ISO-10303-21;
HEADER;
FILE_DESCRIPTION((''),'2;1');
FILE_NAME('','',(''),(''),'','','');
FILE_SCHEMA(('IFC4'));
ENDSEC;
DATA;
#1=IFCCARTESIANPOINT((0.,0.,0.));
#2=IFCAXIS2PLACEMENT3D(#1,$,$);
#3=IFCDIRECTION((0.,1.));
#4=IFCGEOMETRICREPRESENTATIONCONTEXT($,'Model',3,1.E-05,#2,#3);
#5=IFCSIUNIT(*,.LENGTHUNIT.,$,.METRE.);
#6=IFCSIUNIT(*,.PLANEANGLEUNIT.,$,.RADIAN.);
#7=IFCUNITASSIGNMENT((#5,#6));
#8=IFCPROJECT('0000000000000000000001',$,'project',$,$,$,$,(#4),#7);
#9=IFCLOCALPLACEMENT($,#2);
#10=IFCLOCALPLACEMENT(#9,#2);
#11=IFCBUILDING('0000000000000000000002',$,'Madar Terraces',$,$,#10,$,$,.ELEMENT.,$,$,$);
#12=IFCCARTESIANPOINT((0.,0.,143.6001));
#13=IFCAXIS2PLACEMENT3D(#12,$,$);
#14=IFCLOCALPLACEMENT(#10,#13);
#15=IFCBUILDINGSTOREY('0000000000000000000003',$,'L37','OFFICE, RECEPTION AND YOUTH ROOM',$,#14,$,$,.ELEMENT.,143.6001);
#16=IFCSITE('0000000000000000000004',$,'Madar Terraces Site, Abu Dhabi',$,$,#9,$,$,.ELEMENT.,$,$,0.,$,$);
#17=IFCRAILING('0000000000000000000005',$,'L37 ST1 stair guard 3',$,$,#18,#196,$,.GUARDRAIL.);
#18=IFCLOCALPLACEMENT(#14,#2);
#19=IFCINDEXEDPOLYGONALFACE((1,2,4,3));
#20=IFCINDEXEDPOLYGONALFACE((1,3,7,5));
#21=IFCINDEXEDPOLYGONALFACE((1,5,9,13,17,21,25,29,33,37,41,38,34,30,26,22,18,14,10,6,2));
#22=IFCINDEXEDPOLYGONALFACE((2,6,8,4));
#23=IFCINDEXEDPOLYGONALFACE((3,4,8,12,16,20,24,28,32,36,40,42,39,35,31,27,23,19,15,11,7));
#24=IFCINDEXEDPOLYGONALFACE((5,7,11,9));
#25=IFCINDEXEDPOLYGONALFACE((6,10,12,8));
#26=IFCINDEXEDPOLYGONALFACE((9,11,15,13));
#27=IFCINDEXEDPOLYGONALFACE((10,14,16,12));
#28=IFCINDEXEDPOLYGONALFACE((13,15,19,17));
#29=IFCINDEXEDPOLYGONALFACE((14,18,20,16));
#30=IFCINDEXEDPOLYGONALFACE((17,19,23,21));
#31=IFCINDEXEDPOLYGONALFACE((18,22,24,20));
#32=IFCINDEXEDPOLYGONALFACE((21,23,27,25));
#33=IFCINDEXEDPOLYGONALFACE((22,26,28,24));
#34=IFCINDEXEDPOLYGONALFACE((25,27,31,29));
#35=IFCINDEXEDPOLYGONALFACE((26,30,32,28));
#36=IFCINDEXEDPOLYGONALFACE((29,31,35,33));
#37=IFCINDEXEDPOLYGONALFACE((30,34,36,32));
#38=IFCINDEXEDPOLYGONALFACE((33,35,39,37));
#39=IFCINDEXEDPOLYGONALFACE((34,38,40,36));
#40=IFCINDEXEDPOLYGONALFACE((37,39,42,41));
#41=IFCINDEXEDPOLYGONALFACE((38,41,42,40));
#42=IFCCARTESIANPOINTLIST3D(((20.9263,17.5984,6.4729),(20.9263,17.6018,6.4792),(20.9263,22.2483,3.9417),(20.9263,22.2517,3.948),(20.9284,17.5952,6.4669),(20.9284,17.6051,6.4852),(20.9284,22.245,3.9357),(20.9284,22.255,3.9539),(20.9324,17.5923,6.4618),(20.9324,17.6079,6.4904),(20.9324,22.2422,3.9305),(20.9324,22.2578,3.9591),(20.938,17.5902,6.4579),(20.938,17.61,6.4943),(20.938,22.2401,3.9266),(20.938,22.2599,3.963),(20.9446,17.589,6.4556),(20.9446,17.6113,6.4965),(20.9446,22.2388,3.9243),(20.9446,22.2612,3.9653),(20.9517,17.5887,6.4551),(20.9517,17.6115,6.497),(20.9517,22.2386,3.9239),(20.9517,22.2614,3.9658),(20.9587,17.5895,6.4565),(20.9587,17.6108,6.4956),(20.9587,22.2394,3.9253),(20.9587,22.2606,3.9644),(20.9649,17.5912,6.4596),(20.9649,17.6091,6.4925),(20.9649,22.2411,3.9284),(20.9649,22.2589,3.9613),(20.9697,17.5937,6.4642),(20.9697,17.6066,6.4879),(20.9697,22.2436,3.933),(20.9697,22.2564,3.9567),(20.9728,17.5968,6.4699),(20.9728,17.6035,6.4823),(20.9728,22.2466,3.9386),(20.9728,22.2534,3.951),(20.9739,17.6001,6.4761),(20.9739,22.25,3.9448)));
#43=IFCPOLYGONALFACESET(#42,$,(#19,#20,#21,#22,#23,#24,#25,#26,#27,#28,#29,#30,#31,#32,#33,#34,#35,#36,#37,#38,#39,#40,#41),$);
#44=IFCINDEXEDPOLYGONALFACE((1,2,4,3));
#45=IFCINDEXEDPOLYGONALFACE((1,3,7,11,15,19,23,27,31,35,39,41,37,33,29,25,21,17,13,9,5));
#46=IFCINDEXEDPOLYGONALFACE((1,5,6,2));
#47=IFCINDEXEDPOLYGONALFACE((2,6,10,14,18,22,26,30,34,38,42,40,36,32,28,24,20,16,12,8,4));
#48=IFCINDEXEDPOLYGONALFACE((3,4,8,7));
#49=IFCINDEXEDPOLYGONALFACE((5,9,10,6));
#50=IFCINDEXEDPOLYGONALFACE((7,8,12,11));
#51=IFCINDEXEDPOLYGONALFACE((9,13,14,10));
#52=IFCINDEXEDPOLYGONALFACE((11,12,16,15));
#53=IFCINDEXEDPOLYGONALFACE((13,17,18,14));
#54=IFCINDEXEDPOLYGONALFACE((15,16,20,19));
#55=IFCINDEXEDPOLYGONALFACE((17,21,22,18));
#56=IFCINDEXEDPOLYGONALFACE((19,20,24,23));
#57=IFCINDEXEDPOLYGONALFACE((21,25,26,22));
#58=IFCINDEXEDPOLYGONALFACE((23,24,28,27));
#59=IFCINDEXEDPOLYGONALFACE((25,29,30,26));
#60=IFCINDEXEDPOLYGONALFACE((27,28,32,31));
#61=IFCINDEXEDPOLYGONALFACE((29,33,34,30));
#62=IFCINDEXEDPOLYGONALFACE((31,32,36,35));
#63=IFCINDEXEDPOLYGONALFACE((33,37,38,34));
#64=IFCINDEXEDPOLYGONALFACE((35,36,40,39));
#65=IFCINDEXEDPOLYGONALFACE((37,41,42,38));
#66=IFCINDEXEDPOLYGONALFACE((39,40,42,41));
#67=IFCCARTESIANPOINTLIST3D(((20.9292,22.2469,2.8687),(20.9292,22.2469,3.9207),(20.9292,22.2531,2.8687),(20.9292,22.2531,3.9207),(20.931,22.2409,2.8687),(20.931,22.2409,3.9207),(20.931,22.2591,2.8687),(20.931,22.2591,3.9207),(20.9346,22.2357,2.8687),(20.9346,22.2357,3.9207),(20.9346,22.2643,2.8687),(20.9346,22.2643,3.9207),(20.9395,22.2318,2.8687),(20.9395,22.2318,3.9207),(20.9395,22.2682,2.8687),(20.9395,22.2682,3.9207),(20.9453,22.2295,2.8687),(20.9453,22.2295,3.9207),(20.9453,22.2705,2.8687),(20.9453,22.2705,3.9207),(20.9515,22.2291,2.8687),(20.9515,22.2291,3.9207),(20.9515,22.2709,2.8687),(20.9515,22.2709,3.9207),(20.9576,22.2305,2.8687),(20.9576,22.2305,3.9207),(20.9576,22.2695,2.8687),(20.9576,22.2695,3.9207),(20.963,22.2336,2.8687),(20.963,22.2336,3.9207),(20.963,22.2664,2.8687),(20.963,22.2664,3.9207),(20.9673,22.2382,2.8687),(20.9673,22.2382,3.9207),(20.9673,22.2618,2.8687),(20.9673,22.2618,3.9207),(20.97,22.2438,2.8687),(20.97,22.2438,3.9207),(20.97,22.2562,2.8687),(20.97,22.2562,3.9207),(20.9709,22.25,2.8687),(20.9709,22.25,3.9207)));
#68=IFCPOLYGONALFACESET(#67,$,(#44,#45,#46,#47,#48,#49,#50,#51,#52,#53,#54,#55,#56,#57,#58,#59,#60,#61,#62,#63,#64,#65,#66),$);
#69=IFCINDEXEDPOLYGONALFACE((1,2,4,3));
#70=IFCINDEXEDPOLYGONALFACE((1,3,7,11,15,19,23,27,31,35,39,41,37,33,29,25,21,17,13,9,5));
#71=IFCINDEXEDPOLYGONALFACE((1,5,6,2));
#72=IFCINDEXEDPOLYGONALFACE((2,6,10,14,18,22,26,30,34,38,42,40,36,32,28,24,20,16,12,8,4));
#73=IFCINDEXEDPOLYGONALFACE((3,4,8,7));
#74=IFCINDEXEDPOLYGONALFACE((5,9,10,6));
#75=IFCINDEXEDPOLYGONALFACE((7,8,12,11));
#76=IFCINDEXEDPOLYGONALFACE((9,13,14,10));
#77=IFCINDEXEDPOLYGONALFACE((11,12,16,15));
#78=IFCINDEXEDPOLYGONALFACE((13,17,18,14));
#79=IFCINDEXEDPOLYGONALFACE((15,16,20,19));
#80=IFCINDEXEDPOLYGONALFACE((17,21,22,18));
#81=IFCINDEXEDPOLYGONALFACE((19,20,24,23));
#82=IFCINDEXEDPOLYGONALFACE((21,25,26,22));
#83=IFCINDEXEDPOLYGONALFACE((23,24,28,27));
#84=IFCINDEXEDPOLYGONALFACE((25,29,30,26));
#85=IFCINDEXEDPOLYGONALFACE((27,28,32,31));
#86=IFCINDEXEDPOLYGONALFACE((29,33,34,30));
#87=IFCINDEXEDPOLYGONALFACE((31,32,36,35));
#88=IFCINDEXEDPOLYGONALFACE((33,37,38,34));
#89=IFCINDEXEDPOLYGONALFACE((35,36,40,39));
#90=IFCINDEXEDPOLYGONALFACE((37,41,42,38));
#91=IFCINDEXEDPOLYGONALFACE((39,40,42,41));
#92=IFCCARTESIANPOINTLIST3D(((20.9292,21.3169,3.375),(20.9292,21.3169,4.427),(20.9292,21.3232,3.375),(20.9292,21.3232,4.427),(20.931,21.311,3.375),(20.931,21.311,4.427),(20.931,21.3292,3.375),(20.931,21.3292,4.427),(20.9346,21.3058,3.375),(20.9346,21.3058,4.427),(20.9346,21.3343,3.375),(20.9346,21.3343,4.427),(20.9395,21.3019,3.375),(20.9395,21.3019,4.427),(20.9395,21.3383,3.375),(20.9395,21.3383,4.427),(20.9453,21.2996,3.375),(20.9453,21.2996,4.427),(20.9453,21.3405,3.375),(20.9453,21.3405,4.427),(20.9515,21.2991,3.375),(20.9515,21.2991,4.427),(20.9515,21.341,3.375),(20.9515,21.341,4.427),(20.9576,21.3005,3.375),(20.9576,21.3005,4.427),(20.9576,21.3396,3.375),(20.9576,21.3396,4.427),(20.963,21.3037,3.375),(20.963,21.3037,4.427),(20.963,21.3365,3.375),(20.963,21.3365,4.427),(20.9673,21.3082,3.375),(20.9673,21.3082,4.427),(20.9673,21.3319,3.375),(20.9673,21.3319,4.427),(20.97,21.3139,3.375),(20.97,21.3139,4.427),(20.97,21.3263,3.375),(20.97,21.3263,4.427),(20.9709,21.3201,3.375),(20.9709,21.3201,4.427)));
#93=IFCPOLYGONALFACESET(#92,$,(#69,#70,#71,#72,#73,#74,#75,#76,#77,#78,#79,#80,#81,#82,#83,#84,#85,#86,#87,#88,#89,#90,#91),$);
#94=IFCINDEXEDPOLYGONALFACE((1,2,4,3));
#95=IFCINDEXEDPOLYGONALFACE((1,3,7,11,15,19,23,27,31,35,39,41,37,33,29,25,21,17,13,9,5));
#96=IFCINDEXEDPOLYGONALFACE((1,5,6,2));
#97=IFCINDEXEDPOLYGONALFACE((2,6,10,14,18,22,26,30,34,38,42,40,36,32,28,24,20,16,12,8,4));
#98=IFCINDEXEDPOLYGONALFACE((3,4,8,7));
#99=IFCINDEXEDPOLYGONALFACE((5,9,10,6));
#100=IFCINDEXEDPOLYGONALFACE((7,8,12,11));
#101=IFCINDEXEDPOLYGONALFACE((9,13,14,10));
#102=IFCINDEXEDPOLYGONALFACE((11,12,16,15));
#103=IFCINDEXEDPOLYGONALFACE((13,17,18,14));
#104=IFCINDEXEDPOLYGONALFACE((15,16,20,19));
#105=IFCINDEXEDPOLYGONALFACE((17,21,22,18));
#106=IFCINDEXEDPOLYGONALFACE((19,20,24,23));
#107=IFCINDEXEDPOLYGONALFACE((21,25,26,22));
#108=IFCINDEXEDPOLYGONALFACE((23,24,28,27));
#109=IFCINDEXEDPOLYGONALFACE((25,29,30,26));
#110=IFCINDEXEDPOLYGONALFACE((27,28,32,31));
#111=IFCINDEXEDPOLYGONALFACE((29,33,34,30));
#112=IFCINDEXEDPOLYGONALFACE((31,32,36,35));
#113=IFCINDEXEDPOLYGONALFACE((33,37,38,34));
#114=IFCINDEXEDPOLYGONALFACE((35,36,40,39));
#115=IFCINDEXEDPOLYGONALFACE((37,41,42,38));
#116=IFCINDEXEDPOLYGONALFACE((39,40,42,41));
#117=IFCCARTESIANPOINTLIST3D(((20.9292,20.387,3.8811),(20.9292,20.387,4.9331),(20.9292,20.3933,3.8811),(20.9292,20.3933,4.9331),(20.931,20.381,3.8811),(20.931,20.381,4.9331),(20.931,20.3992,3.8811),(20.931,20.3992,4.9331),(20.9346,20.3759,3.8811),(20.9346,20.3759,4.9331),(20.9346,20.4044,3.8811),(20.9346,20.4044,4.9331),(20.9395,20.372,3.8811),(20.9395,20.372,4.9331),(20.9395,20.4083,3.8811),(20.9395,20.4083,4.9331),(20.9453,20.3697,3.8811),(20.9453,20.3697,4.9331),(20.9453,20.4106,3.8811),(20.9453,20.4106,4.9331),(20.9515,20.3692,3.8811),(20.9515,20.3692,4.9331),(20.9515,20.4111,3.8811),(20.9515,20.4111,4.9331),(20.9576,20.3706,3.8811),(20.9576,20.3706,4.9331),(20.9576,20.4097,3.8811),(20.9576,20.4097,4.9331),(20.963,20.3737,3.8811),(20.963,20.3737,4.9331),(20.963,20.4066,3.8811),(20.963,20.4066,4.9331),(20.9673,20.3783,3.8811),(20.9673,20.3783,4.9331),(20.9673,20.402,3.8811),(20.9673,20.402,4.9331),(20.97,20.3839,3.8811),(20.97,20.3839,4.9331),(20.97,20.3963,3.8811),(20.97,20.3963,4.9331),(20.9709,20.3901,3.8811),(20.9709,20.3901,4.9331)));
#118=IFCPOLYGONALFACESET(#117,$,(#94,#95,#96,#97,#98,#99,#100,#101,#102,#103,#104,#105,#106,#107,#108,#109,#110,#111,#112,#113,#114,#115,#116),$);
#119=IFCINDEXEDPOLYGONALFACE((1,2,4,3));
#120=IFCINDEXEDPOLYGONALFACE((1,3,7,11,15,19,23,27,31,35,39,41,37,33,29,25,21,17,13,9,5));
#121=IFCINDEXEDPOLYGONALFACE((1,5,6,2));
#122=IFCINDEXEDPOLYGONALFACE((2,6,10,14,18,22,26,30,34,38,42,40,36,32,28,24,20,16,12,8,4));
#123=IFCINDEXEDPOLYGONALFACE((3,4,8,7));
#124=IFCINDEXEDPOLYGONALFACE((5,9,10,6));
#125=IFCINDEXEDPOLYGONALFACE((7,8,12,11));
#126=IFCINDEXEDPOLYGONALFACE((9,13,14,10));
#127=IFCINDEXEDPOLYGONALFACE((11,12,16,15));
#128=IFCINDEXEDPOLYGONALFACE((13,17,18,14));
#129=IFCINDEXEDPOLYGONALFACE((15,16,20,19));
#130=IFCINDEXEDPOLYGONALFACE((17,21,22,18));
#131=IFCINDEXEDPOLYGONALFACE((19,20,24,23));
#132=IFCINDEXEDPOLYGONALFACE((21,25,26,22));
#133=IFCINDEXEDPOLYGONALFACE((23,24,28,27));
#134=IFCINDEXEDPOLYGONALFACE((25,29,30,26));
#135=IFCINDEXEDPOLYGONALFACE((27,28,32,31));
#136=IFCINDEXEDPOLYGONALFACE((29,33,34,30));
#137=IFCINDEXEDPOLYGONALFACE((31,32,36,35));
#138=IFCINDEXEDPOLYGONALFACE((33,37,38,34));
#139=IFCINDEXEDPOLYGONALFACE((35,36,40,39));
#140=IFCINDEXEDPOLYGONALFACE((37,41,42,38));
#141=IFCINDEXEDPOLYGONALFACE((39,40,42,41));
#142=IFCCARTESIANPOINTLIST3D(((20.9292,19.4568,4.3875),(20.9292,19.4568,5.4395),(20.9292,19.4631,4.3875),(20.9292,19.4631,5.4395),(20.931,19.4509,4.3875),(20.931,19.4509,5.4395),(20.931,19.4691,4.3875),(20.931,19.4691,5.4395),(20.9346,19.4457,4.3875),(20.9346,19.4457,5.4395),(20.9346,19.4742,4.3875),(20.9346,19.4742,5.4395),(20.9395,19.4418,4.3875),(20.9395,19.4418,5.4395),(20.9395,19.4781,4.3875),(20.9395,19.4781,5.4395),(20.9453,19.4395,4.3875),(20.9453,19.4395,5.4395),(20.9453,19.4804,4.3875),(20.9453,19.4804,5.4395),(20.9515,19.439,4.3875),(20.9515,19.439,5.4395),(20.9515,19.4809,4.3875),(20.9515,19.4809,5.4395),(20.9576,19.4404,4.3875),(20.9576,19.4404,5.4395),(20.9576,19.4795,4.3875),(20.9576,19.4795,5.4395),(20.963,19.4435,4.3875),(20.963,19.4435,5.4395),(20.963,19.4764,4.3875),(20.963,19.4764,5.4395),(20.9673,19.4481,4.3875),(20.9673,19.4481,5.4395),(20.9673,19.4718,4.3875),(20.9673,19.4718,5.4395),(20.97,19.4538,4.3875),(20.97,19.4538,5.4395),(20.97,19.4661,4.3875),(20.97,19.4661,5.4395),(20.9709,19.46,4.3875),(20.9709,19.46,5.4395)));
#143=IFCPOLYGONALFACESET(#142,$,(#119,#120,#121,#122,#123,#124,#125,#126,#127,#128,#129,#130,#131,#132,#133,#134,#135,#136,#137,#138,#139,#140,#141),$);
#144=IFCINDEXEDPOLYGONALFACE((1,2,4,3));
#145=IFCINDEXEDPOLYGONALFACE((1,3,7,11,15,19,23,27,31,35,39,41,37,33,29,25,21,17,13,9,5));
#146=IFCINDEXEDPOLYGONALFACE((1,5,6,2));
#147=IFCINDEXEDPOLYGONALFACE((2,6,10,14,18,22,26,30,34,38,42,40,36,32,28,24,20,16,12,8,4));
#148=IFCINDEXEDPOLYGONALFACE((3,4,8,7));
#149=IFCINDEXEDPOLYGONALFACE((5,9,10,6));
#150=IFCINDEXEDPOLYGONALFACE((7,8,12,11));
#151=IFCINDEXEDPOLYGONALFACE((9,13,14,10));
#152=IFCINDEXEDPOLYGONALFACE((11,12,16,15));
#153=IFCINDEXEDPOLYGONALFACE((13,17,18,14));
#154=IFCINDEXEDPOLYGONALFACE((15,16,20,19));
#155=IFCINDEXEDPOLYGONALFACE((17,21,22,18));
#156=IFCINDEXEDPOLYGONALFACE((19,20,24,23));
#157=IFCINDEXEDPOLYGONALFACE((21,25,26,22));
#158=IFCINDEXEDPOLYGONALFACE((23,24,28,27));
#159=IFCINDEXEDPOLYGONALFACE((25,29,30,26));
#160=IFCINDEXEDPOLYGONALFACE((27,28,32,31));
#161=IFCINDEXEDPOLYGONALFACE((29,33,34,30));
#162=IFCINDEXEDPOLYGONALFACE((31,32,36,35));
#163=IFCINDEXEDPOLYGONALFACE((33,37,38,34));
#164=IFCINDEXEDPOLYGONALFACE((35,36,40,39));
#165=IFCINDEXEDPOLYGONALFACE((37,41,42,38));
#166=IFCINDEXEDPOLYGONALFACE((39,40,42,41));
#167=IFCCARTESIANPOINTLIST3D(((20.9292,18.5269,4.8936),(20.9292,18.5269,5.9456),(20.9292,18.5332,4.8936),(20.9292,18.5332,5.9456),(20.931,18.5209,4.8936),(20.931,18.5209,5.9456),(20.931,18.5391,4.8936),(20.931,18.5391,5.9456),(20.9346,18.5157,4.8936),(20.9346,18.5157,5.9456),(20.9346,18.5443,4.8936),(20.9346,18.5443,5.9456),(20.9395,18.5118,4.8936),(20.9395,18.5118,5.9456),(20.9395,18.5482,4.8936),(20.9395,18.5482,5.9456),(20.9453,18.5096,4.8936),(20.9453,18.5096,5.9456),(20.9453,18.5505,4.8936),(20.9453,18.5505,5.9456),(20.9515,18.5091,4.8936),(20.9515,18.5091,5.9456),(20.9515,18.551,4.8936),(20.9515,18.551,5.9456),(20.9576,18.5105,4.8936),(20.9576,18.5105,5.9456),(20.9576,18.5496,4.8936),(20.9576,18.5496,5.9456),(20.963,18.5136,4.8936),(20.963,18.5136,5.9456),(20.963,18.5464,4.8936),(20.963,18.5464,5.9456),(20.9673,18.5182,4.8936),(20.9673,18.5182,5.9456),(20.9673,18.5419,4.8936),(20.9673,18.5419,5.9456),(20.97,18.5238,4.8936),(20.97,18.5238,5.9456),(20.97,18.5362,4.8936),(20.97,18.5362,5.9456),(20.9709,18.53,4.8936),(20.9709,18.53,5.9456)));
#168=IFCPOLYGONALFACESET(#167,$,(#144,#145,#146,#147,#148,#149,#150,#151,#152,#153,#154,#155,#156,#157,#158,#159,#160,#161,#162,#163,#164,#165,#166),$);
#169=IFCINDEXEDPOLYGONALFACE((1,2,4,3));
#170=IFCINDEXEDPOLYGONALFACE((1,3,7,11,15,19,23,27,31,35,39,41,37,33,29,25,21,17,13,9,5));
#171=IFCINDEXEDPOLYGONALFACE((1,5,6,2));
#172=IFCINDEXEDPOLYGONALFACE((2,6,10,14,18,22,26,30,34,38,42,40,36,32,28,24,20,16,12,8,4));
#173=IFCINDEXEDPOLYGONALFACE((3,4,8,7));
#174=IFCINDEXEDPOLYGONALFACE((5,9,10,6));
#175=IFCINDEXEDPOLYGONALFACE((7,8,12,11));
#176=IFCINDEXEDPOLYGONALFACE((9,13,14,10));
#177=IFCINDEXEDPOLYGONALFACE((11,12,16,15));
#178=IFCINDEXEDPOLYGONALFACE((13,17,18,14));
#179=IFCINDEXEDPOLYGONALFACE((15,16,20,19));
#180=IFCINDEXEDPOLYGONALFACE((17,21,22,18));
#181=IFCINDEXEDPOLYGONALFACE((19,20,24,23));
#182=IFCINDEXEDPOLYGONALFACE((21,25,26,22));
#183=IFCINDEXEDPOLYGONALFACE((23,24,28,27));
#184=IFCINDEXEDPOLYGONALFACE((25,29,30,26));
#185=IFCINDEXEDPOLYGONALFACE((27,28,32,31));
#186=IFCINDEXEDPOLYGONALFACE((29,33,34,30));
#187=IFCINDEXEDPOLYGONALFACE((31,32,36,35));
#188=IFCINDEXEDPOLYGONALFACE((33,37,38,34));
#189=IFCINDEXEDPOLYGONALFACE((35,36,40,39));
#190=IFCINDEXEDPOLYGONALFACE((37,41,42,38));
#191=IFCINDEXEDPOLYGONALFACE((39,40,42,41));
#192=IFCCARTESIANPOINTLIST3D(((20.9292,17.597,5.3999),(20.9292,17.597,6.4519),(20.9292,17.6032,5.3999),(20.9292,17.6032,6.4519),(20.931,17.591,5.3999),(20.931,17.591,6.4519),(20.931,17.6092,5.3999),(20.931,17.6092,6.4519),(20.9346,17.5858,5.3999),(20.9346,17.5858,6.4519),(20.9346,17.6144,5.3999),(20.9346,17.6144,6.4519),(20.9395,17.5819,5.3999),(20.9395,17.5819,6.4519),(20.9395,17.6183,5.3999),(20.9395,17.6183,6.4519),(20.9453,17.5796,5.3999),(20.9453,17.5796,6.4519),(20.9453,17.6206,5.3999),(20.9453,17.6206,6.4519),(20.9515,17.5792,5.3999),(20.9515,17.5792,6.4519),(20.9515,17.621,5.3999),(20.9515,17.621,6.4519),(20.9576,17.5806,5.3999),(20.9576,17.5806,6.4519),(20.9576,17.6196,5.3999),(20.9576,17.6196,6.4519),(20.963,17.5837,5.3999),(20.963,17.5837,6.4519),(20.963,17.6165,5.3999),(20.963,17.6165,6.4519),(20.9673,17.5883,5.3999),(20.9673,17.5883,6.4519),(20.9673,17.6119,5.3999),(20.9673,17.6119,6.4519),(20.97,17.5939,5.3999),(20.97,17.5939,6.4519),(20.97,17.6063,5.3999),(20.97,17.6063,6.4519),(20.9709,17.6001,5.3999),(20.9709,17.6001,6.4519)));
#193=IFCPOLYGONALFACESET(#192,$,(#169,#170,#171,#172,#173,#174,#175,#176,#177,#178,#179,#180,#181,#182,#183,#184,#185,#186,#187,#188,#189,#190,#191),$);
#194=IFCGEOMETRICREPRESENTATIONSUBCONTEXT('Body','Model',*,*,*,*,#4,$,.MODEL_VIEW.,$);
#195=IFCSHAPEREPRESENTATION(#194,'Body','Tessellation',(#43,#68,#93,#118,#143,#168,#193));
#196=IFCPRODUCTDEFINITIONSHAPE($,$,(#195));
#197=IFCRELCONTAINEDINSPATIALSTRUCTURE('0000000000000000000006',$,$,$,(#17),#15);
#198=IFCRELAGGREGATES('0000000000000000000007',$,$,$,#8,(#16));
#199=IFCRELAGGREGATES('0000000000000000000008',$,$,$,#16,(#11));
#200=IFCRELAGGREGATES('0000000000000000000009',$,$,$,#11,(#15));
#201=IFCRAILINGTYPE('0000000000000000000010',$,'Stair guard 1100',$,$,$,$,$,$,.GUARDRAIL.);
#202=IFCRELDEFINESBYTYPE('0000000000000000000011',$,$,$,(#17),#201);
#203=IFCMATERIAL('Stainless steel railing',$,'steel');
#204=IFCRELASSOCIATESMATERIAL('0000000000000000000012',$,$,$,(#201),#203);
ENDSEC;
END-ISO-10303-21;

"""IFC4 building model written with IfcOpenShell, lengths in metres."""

from ifc_helpers import new_model, si_unit, direction, frame, origin, origin_2d, place, context, subcontext, project, spatial, circle, extrude, material, type_object, element, save


model = new_model("IFC4")

# Units and contexts
model_context = context("Model", 3, precision=1e-05, world=origin(), true_north=direction((0.0, 1.0)))
body_context = subcontext(model_context, "Body", "Model", "MODEL_VIEW")
ifc_project = project(units=[si_unit("LENGTHUNIT", "METRE"), si_unit("PLANEANGLEUNIT", "RADIAN")], contexts=[model_context])

# Site, building, storey
site_placement = place(None, origin())
site = spatial("IfcSite", under=ifc_project, at=site_placement, Name="Madar Terraces Site, Abu Dhabi", CompositionType="ELEMENT", RefElevation=0.0)
building_placement = place(site_placement, origin())
building = spatial("IfcBuilding", under=site, at=building_placement, Name="Madar Terraces", CompositionType="ELEMENT")
storey_placement = place(building_placement, frame((0.0, 0.0, 143.6001)))
storey = spatial("IfcBuildingStorey", under=building, at=storey_placement, Name="L37", Description="OFFICE, RECEPTION AND YOUTH ROOM", CompositionType="ELEMENT", Elevation=143.6001)

# Railing
ifc_material_1 = material(Name="Stainless steel railing", Category="steel")
railing_type_1 = type_object("IfcRailingType", Name="Stair guard 1100", PredefinedType="GUARDRAIL", material=ifc_material_1)
railing_1_placement = place(storey_placement, frame((20.95, 22.25, 2.8687)))
element("IfcRailing", 1, at=railing_1_placement, inside=storey, type_object=railing_type_1, Name="L37 ST1 stair guard 3", PredefinedType="GUARDRAIL", context=body_context, shape_type="SweptSolid", body=[
    extrude(circle(Radius=0.0239, at=origin_2d()), frame((0.0, 0.0, 1.0762), z_axis=(0.0, -0.878297, 0.478115), x_axis=(1.0, 0.0, 0.0)), (0.0, 0.0, 1.0), 5.2942),
    extrude(circle(Radius=0.021, at=origin_2d()), origin(), (0.0, 0.0, 1.0), 1.052),
    extrude(circle(Radius=0.021, at=origin_2d()), frame((0.0, -0.9299, 0.5063)), (0.0, 0.0, 1.0), 1.052),
    extrude(circle(Radius=0.021, at=origin_2d()), frame((0.0, -1.8599, 1.0125)), (0.0, 0.0, 1.0), 1.052),
    extrude(circle(Radius=0.021, at=origin_2d()), frame((0.0, -2.79, 1.5188)), (0.0, 0.0, 1.0), 1.052),
    extrude(circle(Radius=0.021, at=origin_2d()), frame((0.0, -3.72, 2.0249)), (0.0, 0.0, 1.0), 1.052),
    extrude(circle(Radius=0.021, at=origin_2d()), frame((0.0, -4.6499, 2.5312)), (0.0, 0.0, 1.0), 1.052),
])

save(model, "model.ifc")
